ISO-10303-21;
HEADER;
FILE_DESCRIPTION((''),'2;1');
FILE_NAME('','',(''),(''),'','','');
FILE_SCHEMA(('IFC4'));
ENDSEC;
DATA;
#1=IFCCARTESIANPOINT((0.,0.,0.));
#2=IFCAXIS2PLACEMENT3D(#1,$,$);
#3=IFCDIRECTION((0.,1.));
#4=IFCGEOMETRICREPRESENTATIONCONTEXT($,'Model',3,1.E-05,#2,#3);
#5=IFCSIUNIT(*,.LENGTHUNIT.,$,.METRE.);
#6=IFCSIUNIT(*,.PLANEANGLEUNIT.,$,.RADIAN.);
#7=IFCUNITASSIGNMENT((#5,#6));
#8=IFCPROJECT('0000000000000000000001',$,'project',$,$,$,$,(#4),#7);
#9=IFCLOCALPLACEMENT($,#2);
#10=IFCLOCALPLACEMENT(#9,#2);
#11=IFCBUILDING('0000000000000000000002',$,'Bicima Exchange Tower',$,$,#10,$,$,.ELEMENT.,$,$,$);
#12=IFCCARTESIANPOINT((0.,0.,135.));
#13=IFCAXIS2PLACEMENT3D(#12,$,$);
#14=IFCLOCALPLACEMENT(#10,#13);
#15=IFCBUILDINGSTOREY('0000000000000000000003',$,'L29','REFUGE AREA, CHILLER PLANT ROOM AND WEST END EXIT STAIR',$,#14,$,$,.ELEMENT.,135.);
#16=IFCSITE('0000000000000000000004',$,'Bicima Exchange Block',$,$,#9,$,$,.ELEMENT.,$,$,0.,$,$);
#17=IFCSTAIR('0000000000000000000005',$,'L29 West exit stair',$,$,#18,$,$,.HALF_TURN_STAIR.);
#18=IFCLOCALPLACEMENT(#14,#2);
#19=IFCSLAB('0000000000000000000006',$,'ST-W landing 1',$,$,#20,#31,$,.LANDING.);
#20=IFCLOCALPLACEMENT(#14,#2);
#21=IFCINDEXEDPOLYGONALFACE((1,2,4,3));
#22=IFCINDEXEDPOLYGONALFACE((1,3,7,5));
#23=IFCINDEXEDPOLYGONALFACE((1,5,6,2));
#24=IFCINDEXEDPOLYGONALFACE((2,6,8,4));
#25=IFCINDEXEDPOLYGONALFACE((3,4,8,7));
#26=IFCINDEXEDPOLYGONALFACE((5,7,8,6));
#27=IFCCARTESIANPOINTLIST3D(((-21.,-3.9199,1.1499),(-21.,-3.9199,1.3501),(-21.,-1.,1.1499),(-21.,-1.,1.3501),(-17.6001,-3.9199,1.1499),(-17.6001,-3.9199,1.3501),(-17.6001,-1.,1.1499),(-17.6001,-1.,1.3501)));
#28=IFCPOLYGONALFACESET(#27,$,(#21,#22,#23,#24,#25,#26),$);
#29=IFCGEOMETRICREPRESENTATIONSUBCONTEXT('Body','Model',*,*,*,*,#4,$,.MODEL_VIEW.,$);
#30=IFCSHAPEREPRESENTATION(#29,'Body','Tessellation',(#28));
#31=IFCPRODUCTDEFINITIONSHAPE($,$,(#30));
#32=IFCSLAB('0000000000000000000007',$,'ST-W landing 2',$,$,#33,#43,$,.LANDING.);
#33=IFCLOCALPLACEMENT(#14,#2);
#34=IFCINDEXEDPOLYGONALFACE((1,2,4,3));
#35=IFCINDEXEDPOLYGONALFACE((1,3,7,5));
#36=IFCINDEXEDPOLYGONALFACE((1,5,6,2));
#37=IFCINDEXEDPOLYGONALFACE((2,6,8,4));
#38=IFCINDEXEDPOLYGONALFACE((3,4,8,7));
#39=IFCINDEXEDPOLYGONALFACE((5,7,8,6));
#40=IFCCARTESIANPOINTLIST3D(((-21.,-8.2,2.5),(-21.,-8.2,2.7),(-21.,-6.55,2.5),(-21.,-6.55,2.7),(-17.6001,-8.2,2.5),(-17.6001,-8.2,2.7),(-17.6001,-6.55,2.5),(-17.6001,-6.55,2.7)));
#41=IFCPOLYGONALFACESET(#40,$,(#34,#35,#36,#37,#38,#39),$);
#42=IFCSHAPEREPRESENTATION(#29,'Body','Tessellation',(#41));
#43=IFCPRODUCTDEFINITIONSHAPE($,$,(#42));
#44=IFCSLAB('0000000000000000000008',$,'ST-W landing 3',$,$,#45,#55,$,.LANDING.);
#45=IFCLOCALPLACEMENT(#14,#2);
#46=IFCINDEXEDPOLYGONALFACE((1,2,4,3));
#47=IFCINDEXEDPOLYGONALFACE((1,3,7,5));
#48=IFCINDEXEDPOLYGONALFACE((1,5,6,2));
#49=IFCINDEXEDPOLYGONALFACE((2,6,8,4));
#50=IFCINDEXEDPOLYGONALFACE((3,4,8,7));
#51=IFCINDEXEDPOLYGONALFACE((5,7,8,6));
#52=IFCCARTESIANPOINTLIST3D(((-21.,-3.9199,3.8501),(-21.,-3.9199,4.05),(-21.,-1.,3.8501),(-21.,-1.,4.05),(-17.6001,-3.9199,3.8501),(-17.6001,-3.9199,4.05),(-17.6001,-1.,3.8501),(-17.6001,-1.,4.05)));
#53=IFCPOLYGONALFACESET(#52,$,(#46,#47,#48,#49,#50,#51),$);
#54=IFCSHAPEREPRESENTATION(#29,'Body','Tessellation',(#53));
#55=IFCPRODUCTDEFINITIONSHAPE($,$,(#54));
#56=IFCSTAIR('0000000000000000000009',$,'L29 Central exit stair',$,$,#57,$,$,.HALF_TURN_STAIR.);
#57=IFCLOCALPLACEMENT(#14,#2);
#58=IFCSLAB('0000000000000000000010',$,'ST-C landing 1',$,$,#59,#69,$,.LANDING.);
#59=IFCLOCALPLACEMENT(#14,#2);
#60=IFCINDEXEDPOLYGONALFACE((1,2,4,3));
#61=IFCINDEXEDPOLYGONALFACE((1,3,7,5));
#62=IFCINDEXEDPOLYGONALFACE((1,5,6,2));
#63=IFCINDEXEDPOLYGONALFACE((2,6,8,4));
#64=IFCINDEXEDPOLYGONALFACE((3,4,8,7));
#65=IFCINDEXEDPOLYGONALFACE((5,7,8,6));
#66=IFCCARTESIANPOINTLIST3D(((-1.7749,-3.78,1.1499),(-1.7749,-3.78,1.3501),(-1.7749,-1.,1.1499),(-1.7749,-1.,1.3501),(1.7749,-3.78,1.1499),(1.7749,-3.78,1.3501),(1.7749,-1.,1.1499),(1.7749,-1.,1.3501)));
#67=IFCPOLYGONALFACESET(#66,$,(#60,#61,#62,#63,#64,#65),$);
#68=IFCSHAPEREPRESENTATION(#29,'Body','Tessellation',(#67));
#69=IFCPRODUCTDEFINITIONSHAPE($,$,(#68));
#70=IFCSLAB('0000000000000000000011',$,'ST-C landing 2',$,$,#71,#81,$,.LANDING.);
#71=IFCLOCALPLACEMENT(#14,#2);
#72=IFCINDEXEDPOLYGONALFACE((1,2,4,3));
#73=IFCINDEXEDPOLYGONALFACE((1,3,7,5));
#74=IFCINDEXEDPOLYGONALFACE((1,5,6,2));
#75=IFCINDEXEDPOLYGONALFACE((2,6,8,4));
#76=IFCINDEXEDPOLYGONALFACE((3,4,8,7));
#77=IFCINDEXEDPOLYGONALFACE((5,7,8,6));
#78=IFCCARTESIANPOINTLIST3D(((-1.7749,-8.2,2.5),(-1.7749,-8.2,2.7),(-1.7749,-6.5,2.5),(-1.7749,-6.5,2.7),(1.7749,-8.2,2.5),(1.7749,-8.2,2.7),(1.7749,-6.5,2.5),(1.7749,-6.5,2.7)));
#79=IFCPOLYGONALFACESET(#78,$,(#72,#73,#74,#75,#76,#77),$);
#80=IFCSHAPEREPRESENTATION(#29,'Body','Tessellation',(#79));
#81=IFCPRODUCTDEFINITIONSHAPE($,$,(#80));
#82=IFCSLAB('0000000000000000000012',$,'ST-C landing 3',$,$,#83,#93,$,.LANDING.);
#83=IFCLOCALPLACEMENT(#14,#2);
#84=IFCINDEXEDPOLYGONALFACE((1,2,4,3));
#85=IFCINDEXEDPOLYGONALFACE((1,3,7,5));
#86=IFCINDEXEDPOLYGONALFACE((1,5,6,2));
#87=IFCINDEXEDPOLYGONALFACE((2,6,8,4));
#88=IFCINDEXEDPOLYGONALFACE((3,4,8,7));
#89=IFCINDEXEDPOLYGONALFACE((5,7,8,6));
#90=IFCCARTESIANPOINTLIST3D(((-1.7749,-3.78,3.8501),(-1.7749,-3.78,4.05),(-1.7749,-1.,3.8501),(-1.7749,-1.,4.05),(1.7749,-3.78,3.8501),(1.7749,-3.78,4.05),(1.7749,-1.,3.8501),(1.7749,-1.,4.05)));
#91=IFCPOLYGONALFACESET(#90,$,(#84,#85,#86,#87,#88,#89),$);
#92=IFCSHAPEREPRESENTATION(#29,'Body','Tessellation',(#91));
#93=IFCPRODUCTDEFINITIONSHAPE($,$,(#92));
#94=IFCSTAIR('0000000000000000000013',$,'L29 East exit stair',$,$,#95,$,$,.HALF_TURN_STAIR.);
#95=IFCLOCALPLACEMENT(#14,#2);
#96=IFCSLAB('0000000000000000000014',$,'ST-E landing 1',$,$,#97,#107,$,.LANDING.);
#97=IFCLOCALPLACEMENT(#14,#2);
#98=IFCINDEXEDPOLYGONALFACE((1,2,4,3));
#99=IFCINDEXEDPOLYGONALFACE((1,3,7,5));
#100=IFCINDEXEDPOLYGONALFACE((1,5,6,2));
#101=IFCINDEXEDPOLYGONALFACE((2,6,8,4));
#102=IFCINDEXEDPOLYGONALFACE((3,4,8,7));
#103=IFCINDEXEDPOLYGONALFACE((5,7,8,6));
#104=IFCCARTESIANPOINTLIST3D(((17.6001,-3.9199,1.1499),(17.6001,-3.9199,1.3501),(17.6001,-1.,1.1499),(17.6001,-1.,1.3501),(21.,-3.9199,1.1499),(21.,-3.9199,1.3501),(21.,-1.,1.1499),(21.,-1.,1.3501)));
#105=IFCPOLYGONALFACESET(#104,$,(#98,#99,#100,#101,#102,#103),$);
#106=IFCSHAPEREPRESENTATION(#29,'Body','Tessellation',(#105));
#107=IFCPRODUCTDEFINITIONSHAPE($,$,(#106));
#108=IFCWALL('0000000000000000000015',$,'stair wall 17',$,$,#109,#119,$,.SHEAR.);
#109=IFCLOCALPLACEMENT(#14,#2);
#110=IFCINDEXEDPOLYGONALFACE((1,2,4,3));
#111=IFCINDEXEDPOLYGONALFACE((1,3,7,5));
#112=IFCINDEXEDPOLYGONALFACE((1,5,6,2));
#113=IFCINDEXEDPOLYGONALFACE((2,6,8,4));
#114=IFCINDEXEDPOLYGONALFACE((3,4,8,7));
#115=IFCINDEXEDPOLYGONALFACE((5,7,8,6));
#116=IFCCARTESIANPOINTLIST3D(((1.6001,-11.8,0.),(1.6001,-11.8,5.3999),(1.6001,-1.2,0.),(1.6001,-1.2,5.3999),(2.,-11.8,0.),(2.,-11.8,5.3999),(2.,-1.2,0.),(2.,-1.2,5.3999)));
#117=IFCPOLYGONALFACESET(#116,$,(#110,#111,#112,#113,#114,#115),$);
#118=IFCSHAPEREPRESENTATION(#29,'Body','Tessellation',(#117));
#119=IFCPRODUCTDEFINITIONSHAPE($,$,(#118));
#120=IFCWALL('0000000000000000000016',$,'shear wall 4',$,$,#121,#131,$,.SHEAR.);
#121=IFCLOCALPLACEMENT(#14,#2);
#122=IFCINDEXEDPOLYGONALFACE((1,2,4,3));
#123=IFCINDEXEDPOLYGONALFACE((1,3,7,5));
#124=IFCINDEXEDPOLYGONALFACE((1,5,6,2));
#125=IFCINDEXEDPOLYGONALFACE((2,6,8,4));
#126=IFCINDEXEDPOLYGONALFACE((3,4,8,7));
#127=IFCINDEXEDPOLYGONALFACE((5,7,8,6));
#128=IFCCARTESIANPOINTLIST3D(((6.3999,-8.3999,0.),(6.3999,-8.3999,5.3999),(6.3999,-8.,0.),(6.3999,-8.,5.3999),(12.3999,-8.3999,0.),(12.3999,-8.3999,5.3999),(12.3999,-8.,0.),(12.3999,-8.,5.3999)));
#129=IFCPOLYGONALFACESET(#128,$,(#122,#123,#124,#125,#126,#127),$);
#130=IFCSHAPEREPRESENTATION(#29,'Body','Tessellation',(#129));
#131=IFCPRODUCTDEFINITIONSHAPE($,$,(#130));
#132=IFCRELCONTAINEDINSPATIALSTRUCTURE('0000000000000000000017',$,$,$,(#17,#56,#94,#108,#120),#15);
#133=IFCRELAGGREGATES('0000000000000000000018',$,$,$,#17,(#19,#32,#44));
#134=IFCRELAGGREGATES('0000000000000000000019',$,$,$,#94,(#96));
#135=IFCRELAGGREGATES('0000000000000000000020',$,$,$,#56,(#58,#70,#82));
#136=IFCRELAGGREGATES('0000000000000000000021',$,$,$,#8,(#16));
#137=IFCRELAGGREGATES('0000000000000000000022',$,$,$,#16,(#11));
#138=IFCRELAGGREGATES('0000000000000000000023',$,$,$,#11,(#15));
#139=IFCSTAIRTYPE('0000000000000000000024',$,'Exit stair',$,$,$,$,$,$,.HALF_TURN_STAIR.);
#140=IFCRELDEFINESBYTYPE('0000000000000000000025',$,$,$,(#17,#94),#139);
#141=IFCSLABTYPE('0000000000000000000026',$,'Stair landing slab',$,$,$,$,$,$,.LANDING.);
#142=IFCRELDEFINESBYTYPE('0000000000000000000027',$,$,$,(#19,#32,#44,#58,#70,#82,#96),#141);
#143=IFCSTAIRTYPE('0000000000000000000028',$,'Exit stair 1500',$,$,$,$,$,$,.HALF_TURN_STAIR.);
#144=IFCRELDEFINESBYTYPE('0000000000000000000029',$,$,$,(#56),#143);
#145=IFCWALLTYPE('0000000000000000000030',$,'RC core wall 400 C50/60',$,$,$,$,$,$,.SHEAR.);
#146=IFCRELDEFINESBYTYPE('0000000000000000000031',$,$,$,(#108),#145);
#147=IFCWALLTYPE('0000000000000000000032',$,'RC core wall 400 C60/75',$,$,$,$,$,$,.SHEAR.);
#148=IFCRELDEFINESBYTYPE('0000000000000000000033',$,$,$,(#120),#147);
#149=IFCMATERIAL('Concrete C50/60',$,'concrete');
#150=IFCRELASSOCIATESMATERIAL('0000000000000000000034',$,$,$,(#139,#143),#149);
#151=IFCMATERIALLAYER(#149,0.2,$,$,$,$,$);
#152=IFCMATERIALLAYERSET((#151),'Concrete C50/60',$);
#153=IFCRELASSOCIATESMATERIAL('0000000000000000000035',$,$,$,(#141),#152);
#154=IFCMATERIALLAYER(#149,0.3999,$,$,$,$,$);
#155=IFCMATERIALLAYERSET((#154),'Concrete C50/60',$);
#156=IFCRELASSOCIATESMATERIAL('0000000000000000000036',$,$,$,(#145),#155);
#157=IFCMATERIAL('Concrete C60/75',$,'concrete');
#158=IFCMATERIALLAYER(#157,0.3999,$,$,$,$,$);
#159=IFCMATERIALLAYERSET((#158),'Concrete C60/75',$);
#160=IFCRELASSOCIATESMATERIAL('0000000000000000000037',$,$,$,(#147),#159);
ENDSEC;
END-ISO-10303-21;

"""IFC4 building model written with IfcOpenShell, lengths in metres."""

from ifc_helpers import new_model, si_unit, direction, frame, frame_2d, origin, place, context, subcontext, project, spatial, polyline, rectangle, outline, extrude, material, layer, layer_set, type_object, element, aggregate, save


model = new_model("IFC4")

# Units and contexts
model_context = context("Model", 3, precision=1e-05, world=origin(), true_north=direction((0.0, 1.0)))
body_context = subcontext(model_context, "Body", "Model", "MODEL_VIEW")
ifc_project = project(units=[si_unit("LENGTHUNIT", "METRE"), si_unit("PLANEANGLEUNIT", "RADIAN")], contexts=[model_context])

# Site, building, storey
site_placement = place(None, origin())
site = spatial("IfcSite", under=ifc_project, at=site_placement, Name="Bicima Exchange Block", CompositionType="ELEMENT", RefElevation=0.0)
building_placement = place(site_placement, origin())
building = spatial("IfcBuilding", under=site, at=building_placement, Name="Bicima Exchange Tower", CompositionType="ELEMENT")
storey_placement = place(building_placement, frame((0.0, 0.0, 135.0)))
storey = spatial("IfcBuildingStorey", under=building, at=storey_placement, Name="L29", Description="REFUGE AREA, CHILLER PLANT ROOM AND WEST END EXIT STAIR", CompositionType="ELEMENT", Elevation=135.0)

# Stairs, slabs
ifc_material_1 = material(Name="Concrete C50/60", Category="concrete")
stair_type_1 = type_object("IfcStairType", Name="Exit stair", PredefinedType="HALF_TURN_STAIR", material=ifc_material_1)
stair_1_placement = place(storey_placement, origin())
stair_1 = element("IfcStair", 1, at=stair_1_placement, inside=storey, type_object=stair_type_1, Name="L29 West exit stair", PredefinedType="HALF_TURN_STAIR")
ifc_layer_1 = layer(ifc_material_1, 0.2)
ifc_layer_set_1 = layer_set([ifc_layer_1], Name="Concrete C50/60")
slab_type = type_object("IfcSlabType", Name="Stair landing slab", PredefinedType="LANDING", material=ifc_layer_set_1)
slab_1_placement = place(storey_placement, frame((0.0, 0.0, 1.1499)))
slab_1 = element("IfcSlab", 2, at=slab_1_placement, type_object=slab_type, Name="ST-W landing 1", PredefinedType="LANDING", context=body_context, shape_type="SweptSolid", body=[
    extrude(outline(polyline([(-17.6001, -3.9199), (-17.6001, -1.0), (-21.0, -1.0), (-21.0, -3.9199), (-17.6001, -3.9199)])), origin(), (0.0, 0.0, 1.0), 0.2002),
])
slab_2_placement = place(storey_placement, frame((0.0, 0.0, 2.5)))
slab_2 = element("IfcSlab", 3, at=slab_2_placement, type_object=slab_type, Name="ST-W landing 2", PredefinedType="LANDING", context=body_context, shape_type="SweptSolid", body=[
    extrude(outline(polyline([(-17.6001, -8.2), (-17.6001, -6.55), (-21.0, -6.55), (-21.0, -8.2), (-17.6001, -8.2)])), origin(), (0.0, 0.0, 1.0), 0.2),
])
slab_3_placement = place(storey_placement, frame((0.0, 0.0, 3.8501)))
slab_3 = element("IfcSlab", 4, at=slab_3_placement, type_object=slab_type, Name="ST-W landing 3", PredefinedType="LANDING", context=body_context, shape_type="SweptSolid", body=[
    extrude(outline(polyline([(-17.6001, -3.9199), (-17.6001, -1.0), (-21.0, -1.0), (-21.0, -3.9199), (-17.6001, -3.9199)])), origin(), (0.0, 0.0, 1.0), 0.2),
])
aggregate(stair_1, [slab_1, slab_2, slab_3])
stair_type_2 = type_object("IfcStairType", Name="Exit stair 1500", PredefinedType="HALF_TURN_STAIR", material=ifc_material_1)
stair_2_placement = place(storey_placement, origin())
stair_2 = element("IfcStair", 5, at=stair_2_placement, inside=storey, type_object=stair_type_2, Name="L29 Central exit stair", PredefinedType="HALF_TURN_STAIR")
slab_4_placement = place(storey_placement, frame((0.0, 0.0, 1.1499)))
slab_4 = element("IfcSlab", 6, at=slab_4_placement, type_object=slab_type, Name="ST-C landing 1", PredefinedType="LANDING", context=body_context, shape_type="SweptSolid", body=[
    extrude(outline(polyline([(1.7749, -3.78), (1.7749, -1.0), (-1.7749, -1.0), (-1.7749, -3.78), (1.7749, -3.78)])), origin(), (0.0, 0.0, 1.0), 0.2002),
])
slab_5_placement = place(storey_placement, frame((0.0, 0.0, 2.5)))
slab_5 = element("IfcSlab", 7, at=slab_5_placement, type_object=slab_type, Name="ST-C landing 2", PredefinedType="LANDING", context=body_context, shape_type="SweptSolid", body=[
    extrude(outline(polyline([(1.7749, -8.2), (1.7749, -6.5), (-1.7749, -6.5), (-1.7749, -8.2), (1.7749, -8.2)])), origin(), (0.0, 0.0, 1.0), 0.2),
])
slab_6_placement = place(storey_placement, frame((0.0, 0.0, 3.8501)))
slab_6 = element("IfcSlab", 8, at=slab_6_placement, type_object=slab_type, Name="ST-C landing 3", PredefinedType="LANDING", context=body_context, shape_type="SweptSolid", body=[
    extrude(outline(polyline([(1.7749, -3.78), (1.7749, -1.0), (-1.7749, -1.0), (-1.7749, -3.78), (1.7749, -3.78)])), origin(), (0.0, 0.0, 1.0), 0.2),
])

# Stair, slab
stair_3_placement = place(storey_placement, origin())
stair_3 = element("IfcStair", 9, at=stair_3_placement, inside=storey, type_object=stair_type_1, Name="L29 East exit stair", PredefinedType="HALF_TURN_STAIR")
slab_7_placement = place(storey_placement, frame((0.0, 0.0, 1.1499)))
slab_7 = element("IfcSlab", 10, at=slab_7_placement, type_object=slab_type, Name="ST-E landing 1", PredefinedType="LANDING", context=body_context, shape_type="SweptSolid", body=[
    extrude(outline(polyline([(21.0, -3.9199), (21.0, -1.0), (17.6001, -1.0), (17.6001, -3.9199), (21.0, -3.9199)])), origin(), (0.0, 0.0, 1.0), 0.2002),
])
aggregate(stair_3, [slab_7])

# Walls
ifc_layer_2 = layer(ifc_material_1, 0.3999)
ifc_layer_set_2 = layer_set([ifc_layer_2], Name="Concrete C50/60")
wall_type_1 = type_object("IfcWallType", Name="RC core wall 400 C50/60", PredefinedType="SHEAR", material=ifc_layer_set_2)
wall_1_placement = place(storey_placement, frame((1.8, -11.8, 0.0), z_axis=(0.0, 0.0, 1.0), x_axis=(0.0, 1.0, 0.0)))
element("IfcWall", 11, at=wall_1_placement, inside=storey, type_object=wall_type_1, Name="stair wall 17", PredefinedType="SHEAR", context=body_context, shape_type="SweptSolid", body=[
    extrude(rectangle(XDim=10.6001, YDim=0.3999, at=frame_2d((5.3, 0.0))), origin(), (0.0, 0.0, 1.0), 5.3999),
])
ifc_material_2 = material(Name="Concrete C60/75", Category="concrete")
ifc_layer_3 = layer(ifc_material_2, 0.3999)
ifc_layer_set_3 = layer_set([ifc_layer_3], Name="Concrete C60/75")
wall_type_2 = type_object("IfcWallType", Name="RC core wall 400 C60/75", PredefinedType="SHEAR", material=ifc_layer_set_3)
wall_2_placement = place(storey_placement, frame((6.3999, -8.2, 0.0), z_axis=(0.0, 0.0, 1.0), x_axis=(1.0, 0.0, 0.0)))
element("IfcWall", 12, at=wall_2_placement, inside=storey, type_object=wall_type_2, Name="shear wall 4", PredefinedType="SHEAR", context=body_context, shape_type="SweptSolid", body=[
    extrude(rectangle(XDim=6.0, YDim=0.3999, at=frame_2d((3.0, 0.0))), origin(), (0.0, 0.0, 1.0), 5.3999),
])

aggregate(stair_2, [slab_4, slab_5, slab_6])

save(model, "model.ifc")
